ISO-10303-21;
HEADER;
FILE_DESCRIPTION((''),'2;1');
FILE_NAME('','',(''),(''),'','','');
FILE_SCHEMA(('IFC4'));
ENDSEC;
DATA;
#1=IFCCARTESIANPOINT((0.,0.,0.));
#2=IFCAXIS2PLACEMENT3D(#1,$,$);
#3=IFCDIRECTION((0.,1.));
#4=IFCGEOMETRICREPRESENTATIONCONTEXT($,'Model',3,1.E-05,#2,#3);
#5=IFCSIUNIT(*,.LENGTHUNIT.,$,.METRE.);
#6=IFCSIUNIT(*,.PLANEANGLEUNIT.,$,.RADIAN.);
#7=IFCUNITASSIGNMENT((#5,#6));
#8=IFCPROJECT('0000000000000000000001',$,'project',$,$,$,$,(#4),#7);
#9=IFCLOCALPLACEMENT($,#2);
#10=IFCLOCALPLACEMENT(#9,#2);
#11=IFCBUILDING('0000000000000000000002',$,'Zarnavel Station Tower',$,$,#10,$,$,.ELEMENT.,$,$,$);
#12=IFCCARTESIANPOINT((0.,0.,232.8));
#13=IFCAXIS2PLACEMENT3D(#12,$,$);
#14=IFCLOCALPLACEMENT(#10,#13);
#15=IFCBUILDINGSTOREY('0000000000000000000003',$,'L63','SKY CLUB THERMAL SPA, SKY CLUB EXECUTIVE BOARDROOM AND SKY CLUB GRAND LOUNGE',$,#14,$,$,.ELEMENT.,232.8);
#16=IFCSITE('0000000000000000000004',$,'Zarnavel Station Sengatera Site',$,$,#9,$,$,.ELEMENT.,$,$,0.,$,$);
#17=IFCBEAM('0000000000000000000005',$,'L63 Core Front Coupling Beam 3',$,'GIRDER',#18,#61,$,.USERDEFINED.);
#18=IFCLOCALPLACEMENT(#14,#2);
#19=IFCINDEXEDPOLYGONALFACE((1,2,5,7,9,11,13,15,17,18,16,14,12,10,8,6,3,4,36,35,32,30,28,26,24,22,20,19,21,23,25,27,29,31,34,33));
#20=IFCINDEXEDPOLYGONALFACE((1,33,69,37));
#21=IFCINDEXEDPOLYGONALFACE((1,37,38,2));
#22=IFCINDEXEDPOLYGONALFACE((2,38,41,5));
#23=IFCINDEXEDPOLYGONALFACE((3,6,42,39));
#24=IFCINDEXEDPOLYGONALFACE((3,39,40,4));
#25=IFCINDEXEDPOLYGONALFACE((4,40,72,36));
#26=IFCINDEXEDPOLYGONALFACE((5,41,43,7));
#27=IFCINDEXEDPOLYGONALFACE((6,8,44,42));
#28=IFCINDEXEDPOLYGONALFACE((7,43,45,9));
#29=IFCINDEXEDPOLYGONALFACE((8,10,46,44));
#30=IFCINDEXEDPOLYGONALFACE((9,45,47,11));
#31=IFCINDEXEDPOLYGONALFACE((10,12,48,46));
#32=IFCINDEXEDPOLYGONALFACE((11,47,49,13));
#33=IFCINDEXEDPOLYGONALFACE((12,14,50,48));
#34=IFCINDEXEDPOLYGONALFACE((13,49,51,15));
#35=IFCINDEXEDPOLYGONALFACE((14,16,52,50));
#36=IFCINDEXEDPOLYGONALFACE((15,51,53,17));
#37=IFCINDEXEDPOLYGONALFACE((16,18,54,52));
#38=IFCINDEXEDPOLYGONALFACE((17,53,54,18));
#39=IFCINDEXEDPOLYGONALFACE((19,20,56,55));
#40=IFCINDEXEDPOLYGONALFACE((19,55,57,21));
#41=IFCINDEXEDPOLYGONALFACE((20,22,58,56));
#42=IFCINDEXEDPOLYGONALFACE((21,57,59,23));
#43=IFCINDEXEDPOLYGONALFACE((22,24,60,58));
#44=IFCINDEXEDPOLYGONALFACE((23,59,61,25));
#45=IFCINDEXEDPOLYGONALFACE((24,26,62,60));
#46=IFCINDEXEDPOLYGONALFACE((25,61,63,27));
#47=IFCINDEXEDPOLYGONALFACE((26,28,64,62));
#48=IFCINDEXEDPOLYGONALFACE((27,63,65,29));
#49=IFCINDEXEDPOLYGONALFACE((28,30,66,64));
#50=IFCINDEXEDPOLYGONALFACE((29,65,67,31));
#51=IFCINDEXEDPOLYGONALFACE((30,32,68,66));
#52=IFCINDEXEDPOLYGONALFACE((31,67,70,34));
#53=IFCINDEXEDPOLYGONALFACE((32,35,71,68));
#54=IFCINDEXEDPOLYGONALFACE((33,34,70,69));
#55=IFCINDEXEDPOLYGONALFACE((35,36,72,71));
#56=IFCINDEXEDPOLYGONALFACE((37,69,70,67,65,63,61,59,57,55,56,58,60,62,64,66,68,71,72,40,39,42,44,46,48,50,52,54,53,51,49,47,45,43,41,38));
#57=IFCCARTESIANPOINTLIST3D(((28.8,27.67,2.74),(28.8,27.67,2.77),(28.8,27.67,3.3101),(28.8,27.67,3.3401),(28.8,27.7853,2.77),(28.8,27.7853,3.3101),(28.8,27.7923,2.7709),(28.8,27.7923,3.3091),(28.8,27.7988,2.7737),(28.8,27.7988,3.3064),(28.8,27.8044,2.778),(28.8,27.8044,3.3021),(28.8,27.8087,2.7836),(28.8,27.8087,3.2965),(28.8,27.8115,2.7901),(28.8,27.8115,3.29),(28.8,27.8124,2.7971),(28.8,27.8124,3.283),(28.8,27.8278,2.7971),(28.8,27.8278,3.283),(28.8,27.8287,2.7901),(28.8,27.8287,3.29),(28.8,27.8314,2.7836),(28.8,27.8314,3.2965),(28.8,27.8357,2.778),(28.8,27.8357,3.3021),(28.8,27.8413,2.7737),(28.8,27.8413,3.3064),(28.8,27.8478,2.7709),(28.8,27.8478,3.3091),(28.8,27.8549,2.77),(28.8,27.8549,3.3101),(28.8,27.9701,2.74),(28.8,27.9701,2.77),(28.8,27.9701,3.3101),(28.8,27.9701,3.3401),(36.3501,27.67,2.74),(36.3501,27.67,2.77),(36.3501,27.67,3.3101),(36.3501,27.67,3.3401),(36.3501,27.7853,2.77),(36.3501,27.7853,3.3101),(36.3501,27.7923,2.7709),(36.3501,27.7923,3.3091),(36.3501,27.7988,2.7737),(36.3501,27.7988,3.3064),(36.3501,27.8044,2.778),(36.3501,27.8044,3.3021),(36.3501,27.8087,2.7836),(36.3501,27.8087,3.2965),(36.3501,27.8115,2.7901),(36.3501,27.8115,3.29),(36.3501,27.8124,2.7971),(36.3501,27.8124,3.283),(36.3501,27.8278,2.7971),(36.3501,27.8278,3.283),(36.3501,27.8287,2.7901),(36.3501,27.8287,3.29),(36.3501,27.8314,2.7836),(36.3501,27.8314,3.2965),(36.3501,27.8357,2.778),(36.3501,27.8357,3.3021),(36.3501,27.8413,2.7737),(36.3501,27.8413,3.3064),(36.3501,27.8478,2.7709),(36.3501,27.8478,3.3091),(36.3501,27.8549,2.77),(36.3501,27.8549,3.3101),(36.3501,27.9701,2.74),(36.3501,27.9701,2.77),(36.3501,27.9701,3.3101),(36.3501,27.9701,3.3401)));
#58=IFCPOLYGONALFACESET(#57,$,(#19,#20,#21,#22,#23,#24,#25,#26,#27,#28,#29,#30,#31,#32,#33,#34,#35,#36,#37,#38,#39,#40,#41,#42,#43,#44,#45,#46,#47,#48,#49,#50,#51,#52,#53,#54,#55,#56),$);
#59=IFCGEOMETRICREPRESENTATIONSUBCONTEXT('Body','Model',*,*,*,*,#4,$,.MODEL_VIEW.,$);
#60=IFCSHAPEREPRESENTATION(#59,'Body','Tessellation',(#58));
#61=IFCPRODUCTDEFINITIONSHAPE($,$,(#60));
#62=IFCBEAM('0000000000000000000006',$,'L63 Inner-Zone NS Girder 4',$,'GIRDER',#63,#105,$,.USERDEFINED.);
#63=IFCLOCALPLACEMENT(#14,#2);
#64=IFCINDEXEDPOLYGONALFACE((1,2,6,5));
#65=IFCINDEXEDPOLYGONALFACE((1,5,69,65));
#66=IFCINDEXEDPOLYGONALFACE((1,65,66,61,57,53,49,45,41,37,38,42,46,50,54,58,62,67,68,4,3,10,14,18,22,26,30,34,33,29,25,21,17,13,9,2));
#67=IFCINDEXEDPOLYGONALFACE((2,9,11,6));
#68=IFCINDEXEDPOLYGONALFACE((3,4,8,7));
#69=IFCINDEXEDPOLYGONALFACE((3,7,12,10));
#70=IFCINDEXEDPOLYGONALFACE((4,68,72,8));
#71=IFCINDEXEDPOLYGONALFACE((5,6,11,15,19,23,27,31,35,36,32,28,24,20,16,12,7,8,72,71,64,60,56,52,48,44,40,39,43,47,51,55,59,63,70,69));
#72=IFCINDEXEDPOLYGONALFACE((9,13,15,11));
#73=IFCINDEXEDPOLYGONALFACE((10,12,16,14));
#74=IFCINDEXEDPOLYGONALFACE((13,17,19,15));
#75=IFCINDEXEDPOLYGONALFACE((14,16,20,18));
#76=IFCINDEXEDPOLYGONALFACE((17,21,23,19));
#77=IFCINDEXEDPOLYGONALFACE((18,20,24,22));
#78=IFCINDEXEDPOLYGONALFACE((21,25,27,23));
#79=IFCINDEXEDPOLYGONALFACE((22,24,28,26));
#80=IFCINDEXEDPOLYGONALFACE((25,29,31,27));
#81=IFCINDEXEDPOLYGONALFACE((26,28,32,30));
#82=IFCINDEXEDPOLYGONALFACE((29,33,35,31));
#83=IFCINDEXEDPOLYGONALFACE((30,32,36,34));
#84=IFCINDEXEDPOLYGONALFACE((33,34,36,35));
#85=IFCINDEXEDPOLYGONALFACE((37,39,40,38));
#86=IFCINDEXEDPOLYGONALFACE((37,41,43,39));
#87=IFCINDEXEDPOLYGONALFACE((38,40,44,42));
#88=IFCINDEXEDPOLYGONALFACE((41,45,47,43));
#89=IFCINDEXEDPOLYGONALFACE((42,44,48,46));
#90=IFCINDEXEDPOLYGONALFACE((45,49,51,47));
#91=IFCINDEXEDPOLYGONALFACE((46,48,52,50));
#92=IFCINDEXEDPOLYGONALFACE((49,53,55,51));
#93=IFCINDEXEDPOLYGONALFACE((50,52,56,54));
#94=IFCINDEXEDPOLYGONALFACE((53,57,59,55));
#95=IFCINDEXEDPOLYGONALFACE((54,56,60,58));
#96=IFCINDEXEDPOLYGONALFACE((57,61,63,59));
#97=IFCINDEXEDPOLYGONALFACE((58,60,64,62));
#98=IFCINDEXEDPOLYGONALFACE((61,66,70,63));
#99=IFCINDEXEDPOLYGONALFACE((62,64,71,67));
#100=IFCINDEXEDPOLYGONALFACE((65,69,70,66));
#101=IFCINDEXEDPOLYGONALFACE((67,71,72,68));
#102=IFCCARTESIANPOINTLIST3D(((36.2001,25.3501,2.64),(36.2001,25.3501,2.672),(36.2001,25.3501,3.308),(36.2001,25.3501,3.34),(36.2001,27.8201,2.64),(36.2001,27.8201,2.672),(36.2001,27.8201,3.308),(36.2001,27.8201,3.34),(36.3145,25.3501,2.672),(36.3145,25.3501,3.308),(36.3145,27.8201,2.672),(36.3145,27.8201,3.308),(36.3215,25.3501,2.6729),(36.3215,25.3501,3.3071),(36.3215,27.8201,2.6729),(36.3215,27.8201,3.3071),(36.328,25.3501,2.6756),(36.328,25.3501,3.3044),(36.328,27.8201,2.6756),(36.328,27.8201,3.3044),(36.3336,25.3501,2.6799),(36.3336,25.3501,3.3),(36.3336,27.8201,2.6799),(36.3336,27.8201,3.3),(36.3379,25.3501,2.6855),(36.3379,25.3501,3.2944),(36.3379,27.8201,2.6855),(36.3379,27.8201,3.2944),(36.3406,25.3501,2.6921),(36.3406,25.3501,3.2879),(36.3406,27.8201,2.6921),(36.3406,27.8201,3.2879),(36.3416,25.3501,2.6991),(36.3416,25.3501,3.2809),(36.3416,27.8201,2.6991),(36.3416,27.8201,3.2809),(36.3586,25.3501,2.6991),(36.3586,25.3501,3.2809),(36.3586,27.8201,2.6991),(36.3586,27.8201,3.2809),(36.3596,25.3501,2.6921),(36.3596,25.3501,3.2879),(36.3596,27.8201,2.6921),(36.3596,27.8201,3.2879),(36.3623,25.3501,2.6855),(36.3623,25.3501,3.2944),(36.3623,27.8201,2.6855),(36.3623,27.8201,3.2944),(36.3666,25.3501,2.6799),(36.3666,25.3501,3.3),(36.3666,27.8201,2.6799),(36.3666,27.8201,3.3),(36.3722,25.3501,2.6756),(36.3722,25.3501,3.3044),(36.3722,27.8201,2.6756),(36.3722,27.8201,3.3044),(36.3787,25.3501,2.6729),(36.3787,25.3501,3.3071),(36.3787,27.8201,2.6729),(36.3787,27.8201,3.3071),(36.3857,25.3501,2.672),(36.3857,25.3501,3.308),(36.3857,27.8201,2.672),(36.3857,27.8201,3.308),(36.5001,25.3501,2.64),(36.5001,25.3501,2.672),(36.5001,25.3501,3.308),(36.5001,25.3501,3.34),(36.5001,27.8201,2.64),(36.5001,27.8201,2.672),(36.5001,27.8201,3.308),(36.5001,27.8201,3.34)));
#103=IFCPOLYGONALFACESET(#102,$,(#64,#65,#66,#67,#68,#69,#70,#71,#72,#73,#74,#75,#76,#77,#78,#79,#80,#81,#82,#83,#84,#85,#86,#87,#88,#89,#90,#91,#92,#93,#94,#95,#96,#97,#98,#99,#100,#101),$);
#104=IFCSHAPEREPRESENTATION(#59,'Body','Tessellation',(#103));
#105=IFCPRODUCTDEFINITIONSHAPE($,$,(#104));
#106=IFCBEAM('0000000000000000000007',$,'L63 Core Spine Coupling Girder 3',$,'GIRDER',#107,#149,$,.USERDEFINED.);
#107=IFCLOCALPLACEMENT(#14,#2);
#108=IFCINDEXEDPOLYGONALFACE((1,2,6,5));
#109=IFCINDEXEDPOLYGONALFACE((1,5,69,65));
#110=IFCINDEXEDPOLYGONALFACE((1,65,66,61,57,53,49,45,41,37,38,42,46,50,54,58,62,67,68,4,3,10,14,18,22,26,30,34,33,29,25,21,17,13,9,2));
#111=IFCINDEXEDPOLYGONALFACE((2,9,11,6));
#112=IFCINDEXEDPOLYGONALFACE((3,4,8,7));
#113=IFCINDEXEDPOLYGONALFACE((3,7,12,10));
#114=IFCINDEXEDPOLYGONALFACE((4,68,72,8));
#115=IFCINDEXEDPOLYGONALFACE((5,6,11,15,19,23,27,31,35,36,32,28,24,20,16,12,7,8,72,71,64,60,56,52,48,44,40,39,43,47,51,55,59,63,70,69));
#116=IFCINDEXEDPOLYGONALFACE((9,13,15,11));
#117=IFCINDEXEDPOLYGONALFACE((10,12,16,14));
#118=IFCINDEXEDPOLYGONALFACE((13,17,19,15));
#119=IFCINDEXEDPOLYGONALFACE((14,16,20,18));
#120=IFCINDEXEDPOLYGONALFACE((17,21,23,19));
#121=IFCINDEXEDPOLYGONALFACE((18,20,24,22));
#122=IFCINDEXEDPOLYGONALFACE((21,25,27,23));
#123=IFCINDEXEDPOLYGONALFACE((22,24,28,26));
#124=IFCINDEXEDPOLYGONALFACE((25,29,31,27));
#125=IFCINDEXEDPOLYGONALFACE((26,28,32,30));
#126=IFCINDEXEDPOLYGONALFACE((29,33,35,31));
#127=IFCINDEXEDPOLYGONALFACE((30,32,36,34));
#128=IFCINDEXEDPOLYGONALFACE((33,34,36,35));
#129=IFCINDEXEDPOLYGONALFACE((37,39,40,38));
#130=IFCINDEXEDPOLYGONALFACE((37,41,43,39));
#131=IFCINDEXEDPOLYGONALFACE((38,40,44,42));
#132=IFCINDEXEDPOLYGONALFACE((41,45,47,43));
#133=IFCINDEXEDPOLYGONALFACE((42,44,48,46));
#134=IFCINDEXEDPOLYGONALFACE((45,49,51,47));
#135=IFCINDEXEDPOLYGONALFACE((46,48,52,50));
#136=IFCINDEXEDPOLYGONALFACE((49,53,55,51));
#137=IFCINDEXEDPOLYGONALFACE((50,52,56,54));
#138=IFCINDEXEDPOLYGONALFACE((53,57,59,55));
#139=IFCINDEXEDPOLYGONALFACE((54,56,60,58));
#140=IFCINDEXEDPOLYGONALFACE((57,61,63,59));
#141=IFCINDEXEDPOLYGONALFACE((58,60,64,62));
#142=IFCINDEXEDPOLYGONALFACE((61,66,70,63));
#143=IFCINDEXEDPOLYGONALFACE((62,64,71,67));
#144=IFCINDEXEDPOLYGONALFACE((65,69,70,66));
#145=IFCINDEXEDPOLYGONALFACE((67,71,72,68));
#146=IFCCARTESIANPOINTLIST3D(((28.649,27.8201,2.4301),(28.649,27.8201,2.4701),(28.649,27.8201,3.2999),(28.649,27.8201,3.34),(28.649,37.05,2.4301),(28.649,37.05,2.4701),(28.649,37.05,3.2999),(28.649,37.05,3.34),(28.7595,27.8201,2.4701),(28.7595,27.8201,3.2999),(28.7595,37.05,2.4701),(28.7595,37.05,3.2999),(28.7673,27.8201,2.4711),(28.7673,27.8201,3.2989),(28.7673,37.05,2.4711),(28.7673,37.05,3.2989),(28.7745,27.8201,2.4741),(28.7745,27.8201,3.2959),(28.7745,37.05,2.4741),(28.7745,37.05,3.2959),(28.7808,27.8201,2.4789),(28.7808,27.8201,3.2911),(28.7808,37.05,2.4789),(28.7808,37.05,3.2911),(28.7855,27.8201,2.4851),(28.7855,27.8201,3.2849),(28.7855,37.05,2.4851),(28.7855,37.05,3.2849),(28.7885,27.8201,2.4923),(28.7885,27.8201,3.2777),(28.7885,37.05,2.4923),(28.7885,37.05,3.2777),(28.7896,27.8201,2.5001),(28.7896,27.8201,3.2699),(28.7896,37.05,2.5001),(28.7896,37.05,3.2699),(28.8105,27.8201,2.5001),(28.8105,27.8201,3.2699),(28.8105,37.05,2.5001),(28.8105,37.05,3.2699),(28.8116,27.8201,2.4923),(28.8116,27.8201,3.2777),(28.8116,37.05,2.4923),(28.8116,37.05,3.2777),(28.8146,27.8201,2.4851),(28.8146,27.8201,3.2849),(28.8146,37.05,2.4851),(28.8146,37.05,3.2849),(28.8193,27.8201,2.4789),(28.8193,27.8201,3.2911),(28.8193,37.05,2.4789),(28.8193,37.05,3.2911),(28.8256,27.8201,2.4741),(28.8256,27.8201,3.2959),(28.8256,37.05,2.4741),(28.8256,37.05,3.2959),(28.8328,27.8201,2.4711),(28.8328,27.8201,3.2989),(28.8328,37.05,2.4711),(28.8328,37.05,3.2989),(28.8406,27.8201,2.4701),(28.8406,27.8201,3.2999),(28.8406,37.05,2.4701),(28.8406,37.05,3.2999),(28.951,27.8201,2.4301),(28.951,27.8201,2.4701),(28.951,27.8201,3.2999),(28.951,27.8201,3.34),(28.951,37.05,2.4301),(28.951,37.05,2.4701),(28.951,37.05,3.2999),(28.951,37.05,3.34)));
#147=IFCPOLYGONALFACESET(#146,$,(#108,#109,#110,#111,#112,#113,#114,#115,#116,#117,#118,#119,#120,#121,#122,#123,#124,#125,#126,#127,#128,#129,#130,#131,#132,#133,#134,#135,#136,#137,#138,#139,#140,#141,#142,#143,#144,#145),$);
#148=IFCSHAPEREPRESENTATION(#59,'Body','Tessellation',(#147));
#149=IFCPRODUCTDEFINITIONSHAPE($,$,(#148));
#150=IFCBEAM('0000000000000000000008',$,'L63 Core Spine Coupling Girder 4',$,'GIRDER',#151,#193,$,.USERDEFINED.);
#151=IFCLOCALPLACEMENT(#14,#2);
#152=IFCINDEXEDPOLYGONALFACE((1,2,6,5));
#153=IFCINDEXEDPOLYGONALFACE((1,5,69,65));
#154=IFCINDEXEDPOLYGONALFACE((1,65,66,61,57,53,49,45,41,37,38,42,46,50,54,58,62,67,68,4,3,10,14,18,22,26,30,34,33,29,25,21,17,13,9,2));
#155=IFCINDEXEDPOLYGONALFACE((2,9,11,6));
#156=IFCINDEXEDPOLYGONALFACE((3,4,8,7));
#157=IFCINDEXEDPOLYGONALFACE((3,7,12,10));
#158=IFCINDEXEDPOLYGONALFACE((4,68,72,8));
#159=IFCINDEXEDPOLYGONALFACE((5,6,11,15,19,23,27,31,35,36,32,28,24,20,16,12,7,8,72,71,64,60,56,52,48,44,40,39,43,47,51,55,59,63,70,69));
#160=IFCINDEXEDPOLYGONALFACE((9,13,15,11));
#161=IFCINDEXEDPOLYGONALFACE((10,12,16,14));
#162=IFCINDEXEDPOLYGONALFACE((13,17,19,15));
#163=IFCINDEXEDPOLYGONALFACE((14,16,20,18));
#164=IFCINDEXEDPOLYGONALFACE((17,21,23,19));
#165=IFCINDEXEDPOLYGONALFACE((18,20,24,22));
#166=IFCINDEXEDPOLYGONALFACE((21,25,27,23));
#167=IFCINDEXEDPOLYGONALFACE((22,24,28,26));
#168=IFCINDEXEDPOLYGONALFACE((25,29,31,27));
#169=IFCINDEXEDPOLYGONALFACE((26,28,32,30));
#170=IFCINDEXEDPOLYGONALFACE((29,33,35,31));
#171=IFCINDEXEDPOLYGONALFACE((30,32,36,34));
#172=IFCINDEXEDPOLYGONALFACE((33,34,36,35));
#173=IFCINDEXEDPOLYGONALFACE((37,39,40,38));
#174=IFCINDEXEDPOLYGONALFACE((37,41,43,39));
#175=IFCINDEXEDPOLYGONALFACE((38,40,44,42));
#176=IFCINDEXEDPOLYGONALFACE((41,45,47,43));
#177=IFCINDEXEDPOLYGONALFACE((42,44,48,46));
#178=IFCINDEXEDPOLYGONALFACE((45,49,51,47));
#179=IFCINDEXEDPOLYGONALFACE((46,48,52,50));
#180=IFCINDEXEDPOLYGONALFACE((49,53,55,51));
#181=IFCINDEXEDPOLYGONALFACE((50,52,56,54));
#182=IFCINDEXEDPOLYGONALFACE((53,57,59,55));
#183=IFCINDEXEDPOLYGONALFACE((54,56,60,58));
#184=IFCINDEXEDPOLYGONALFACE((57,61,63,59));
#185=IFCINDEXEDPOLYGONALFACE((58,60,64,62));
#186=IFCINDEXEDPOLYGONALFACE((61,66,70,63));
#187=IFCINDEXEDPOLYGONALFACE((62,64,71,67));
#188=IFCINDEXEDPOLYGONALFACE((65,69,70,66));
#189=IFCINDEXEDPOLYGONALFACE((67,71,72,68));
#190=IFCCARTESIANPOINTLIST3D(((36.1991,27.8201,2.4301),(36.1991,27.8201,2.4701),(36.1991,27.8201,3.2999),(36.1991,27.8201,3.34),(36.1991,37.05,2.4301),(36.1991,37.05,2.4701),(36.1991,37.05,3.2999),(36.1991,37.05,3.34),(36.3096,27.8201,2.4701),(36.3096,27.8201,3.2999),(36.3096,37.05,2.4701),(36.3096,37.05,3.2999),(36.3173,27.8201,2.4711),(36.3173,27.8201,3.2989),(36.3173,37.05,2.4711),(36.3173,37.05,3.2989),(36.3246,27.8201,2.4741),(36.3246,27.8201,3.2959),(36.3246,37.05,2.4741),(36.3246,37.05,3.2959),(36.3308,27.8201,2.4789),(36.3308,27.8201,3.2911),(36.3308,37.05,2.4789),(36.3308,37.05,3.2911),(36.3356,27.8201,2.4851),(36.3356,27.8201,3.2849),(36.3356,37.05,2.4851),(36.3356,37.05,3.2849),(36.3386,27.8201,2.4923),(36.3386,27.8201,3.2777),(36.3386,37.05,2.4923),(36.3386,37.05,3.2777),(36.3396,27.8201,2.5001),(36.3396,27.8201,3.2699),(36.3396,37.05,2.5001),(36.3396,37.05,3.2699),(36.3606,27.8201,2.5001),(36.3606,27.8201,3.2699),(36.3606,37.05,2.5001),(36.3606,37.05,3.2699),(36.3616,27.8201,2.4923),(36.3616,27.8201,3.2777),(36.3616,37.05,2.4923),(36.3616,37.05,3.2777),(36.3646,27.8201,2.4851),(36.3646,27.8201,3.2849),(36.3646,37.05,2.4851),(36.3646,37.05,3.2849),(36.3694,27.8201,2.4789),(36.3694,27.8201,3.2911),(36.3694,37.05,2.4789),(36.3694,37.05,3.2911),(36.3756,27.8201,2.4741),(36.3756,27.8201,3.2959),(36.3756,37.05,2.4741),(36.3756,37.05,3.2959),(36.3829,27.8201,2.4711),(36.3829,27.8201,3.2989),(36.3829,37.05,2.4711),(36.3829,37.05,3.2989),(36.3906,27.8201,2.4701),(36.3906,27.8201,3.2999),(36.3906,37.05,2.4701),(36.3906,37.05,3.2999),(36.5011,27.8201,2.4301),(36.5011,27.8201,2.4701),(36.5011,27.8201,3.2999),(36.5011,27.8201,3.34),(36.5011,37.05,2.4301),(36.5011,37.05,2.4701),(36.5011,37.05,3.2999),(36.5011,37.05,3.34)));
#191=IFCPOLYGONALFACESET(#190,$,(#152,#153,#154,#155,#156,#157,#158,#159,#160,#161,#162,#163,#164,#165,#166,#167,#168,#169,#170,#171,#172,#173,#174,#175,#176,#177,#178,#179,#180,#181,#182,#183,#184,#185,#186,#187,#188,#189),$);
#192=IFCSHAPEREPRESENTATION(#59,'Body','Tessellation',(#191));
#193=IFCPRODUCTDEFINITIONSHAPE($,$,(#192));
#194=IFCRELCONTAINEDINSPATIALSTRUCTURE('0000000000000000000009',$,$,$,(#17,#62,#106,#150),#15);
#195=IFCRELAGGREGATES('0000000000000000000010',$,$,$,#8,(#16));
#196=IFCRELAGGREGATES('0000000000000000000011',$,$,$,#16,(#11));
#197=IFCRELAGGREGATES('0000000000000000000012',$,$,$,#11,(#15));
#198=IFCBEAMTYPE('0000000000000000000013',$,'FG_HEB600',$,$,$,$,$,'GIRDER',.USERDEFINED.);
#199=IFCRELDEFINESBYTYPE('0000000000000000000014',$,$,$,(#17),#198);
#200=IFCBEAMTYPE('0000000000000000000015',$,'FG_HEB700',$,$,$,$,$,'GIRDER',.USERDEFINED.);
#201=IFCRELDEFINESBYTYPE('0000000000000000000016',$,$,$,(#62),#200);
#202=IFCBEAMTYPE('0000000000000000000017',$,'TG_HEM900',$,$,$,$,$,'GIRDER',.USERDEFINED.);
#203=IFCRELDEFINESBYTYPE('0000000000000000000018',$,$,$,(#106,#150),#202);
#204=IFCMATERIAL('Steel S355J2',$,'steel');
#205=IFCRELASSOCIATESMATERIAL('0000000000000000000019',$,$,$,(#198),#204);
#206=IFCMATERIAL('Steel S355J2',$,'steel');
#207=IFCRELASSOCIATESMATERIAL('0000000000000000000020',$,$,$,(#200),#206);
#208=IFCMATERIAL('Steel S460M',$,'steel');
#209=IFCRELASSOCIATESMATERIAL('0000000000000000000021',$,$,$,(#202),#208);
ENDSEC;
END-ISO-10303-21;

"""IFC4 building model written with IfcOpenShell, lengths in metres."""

from ifc_helpers import new_model, si_unit, direction, frame, origin, origin_2d, place, context, subcontext, project, spatial, i_section, extrude, material, material_profile, profile_set, type_object, element, save


model = new_model("IFC4")

# Units and contexts
model_context = context("Model", 3, precision=1e-05, world=origin(), true_north=direction((0.0, 1.0)))
body_context = subcontext(model_context, "Body", "Model", "MODEL_VIEW")
ifc_project = project(units=[si_unit("LENGTHUNIT", "METRE"), si_unit("PLANEANGLEUNIT", "RADIAN")], contexts=[model_context])

# Site, building, storey
site_placement = place(None, origin())
site = spatial("IfcSite", under=ifc_project, at=site_placement, Name="Zarnavel Station Sengatera Site", CompositionType="ELEMENT", RefElevation=0.0)
building_placement = place(site_placement, origin())
building = spatial("IfcBuilding", under=site, at=building_placement, Name="Zarnavel Station Tower", CompositionType="ELEMENT")
storey_placement = place(building_placement, frame((0.0, 0.0, 232.8)))
storey = spatial("IfcBuildingStorey", under=building, at=storey_placement, Name="L63", Description="SKY CLUB THERMAL SPA, SKY CLUB EXECUTIVE BOARDROOM AND SKY CLUB GRAND LOUNGE", CompositionType="ELEMENT", Elevation=232.8)

# Beams
ifc_material_1 = material(Name="Steel S355J2", Category="steel")
ifc_material_profile_1 = material_profile(ifc_material_1, i_section(OverallWidth=0.3, OverallDepth=0.6001, WebThickness=0.0154, FlangeThickness=0.03, FilletRadius=0.0271, at=origin_2d()), Name="HEB600")
ifc_profile_set_1 = profile_set([ifc_material_profile_1], Name="Steel S355J2")
beam_type_1 = type_object("IfcBeamType", Name="FG_HEB600", ElementType="GIRDER", PredefinedType="USERDEFINED", material=ifc_profile_set_1)
beam_1_placement = place(storey_placement, frame((28.8, 27.8201, 3.04), z_axis=(1.0, 0.0, 0.0), x_axis=(0.0, 1.0, 0.0)))
element("IfcBeam", 1, at=beam_1_placement, inside=storey, type_object=beam_type_1, Name="L63 Core Front Coupling Beam 3", ObjectType="GIRDER", PredefinedType="USERDEFINED", context=body_context, shape_type="SweptSolid", body=[
    extrude(i_section(OverallWidth=0.3, OverallDepth=0.6001, WebThickness=0.0154, FlangeThickness=0.03, FilletRadius=0.0271, at=origin_2d()), origin(), (0.0, 0.0, 1.0), 7.55),
])
ifc_material_2 = material(Name="Steel S355J2", Category="steel")
ifc_material_profile_2 = material_profile(ifc_material_2, i_section(OverallWidth=0.3, OverallDepth=0.7, WebThickness=0.0171, FlangeThickness=0.032, FilletRadius=0.0271, at=origin_2d()), Name="HEB700")
ifc_profile_set_2 = profile_set([ifc_material_profile_2], Name="Steel S355J2")
beam_type_2 = type_object("IfcBeamType", Name="FG_HEB700", ElementType="GIRDER", PredefinedType="USERDEFINED", material=ifc_profile_set_2)
beam_2_placement = place(storey_placement, frame((36.3501, 25.3501, 2.99), z_axis=(0.0, 1.0, 0.0), x_axis=(-1.0, 0.0, 0.0)))
element("IfcBeam", 2, at=beam_2_placement, inside=storey, type_object=beam_type_2, Name="L63 Inner-Zone NS Girder 4", ObjectType="GIRDER", PredefinedType="USERDEFINED", context=body_context, shape_type="SweptSolid", body=[
    extrude(i_section(OverallWidth=0.3, OverallDepth=0.7, WebThickness=0.0171, FlangeThickness=0.032, FilletRadius=0.0271, at=origin_2d()), origin(), (0.0, 0.0, 1.0), 2.47),
])
ifc_material_3 = material(Name="Steel S460M", Category="steel")
ifc_material_profile_3 = material_profile(ifc_material_3, i_section(OverallWidth=0.302, OverallDepth=0.9099, WebThickness=0.021, FlangeThickness=0.04, FilletRadius=0.03, at=origin_2d()), Name="HEM900")
ifc_profile_set_3 = profile_set([ifc_material_profile_3], Name="Steel S460M")
beam_type_3 = type_object("IfcBeamType", Name="TG_HEM900", ElementType="GIRDER", PredefinedType="USERDEFINED", material=ifc_profile_set_3)
for number, where, z_axis, x_axis, name in (
    (3, (28.8, 27.8201, 2.885), (0.0, 1.0, 0.0), (-1.0, 0.0, 0.0), "L63 Core Spine Coupling Girder 3"),
    (4, (36.3501, 27.8201, 2.885), (0.0, 1.0, 0.0), (-1.0, 0.0, 0.0), "L63 Core Spine Coupling Girder 4"),
):
    element("IfcBeam", number, at=place(storey_placement, frame(where, z_axis=z_axis, x_axis=x_axis)), inside=storey, type_object=beam_type_3, Name=name, ObjectType="GIRDER", PredefinedType="USERDEFINED", context=body_context, shape_type="SweptSolid", body=[
        extrude(i_section(OverallWidth=0.302, OverallDepth=0.9099, WebThickness=0.021, FlangeThickness=0.04, FilletRadius=0.03, at=origin_2d()), origin(), (0.0, 0.0, 1.0), 9.23),
    ])

save(model, "model.ifc")
